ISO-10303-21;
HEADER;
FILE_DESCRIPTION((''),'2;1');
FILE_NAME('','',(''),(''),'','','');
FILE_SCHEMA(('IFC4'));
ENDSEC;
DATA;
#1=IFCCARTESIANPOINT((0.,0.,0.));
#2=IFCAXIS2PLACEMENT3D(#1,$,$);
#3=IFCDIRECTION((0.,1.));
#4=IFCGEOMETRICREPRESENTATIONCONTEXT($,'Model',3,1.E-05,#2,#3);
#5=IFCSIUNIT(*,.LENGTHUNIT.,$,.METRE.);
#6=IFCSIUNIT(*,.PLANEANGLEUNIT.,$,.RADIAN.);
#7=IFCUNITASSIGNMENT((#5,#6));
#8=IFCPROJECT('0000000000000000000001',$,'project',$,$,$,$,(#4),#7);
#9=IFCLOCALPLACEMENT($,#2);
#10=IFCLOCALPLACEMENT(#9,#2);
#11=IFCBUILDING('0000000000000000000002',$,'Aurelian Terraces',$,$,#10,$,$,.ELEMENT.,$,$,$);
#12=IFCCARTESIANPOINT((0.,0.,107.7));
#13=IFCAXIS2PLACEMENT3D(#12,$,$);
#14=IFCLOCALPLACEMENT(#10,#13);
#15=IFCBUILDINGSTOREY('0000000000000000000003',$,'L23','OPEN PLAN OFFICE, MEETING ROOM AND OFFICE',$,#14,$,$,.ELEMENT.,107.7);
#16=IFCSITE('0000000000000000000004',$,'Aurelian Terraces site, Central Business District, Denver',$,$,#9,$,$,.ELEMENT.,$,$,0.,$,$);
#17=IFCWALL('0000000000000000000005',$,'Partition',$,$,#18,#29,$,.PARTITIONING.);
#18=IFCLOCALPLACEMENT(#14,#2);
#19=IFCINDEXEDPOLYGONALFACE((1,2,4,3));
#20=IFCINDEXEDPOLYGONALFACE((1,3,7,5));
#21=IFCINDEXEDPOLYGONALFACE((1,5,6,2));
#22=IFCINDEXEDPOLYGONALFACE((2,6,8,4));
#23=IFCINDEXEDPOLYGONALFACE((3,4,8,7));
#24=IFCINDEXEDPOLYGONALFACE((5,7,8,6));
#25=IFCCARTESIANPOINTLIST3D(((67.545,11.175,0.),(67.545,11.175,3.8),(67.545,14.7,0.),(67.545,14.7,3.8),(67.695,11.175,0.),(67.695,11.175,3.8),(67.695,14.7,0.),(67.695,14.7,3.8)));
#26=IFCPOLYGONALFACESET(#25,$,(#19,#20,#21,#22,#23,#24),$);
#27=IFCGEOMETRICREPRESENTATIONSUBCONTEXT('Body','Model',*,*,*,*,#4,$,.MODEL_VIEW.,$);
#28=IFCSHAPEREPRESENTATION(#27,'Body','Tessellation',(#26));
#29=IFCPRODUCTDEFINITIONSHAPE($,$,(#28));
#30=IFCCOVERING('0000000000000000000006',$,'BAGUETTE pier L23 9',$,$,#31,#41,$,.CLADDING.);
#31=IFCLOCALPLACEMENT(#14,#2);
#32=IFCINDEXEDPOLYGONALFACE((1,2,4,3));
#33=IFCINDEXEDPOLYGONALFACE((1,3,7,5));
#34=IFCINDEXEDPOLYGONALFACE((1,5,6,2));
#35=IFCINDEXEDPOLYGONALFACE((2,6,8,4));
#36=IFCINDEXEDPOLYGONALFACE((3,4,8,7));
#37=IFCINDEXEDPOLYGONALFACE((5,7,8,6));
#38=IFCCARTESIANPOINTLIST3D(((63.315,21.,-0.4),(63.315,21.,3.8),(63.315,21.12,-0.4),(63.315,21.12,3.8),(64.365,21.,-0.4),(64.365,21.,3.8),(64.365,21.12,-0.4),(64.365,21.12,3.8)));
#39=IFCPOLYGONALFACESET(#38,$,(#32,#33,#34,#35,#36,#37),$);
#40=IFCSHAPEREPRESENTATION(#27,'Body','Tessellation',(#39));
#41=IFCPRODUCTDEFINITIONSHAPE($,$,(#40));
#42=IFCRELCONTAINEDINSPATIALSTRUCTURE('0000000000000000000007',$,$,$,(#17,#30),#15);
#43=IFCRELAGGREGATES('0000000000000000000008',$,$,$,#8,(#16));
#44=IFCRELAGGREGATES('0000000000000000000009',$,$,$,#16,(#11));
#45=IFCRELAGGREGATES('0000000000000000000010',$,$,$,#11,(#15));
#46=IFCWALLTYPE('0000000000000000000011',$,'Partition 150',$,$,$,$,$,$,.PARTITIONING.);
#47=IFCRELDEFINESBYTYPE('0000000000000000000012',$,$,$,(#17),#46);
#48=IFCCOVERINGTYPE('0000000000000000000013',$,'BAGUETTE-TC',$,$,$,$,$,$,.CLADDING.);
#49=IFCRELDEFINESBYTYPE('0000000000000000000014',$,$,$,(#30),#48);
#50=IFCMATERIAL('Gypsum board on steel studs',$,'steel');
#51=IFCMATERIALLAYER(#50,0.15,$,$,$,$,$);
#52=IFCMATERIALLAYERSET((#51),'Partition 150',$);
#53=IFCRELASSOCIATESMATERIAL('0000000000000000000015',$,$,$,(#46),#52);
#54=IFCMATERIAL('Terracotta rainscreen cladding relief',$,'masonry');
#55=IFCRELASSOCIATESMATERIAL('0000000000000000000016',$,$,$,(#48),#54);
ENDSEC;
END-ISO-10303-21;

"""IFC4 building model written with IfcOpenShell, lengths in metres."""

from ifc_helpers import new_model, si_unit, direction, frame, frame_2d, origin, origin_2d, place, context, subcontext, project, spatial, rectangle, extrude, source, transform, mapped, material, layer, layer_set, type_object, element, save


model = new_model("IFC4")

# Units and contexts
model_context = context("Model", 3, precision=1e-05, world=origin(), true_north=direction((0.0, 1.0)))
body_context = subcontext(model_context, "Body", "Model", "MODEL_VIEW")
ifc_project = project(units=[si_unit("LENGTHUNIT", "METRE"), si_unit("PLANEANGLEUNIT", "RADIAN")], contexts=[model_context])

# Site, building, storey
site_placement = place(None, origin())
site = spatial("IfcSite", under=ifc_project, at=site_placement, Name="Aurelian Terraces site, Central Business District, Denver", CompositionType="ELEMENT", RefElevation=0.0)
building_placement = place(site_placement, origin())
building = spatial("IfcBuilding", under=site, at=building_placement, Name="Aurelian Terraces", CompositionType="ELEMENT")
storey_placement = place(building_placement, frame((0.0, 0.0, 107.7)))
storey = spatial("IfcBuildingStorey", under=building, at=storey_placement, Name="L23", Description="OPEN PLAN OFFICE, MEETING ROOM AND OFFICE", CompositionType="ELEMENT", Elevation=107.7)

# Shared definitions
ifc_material_1 = material(Name="Gypsum board on steel studs", Category="steel")
ifc_layer_1 = layer(ifc_material_1, 0.15)
ifc_layer_set_1 = layer_set([ifc_layer_1], Name="Partition 150")
wall_type_1 = type_object("IfcWallType", Name="Partition 150", PredefinedType="PARTITIONING", material=ifc_layer_set_1)

# Wall
shared_shape_1 = source(origin(), body_context, "Body", "SweptSolid", [
    extrude(rectangle(XDim=3.525, YDim=0.15, at=frame_2d((1.7625, 0.0))), origin(), (0.0, 0.0, 1.0), 3.8),
])
for number, where, z_axis, x_axis, name in (
    (1, (67.62, 11.175, 0.0), (0.0, 0.0, 1.0), (0.0, 1.0, 0.0), "Partition"),
):
    element("IfcWall", number, at=place(storey_placement, frame(where, z_axis=z_axis, x_axis=x_axis)), inside=storey, type_object=wall_type_1, Name=name, PredefinedType="PARTITIONING", context=body_context, shape_type="MappedRepresentation", body=[
        mapped(shared_shape_1, transform((0.0, 0.0, 0.0), scale=1.0)),
    ])

# Covering
ifc_material_2 = material(Name="Terracotta rainscreen cladding relief", Category="masonry")
covering_type = type_object("IfcCoveringType", Name="BAGUETTE-TC", PredefinedType="CLADDING", material=ifc_material_2)
shared_shape_2 = source(origin(), body_context, "Body", "SweptSolid", [
    extrude(rectangle(XDim=1.05, YDim=0.12, at=origin_2d()), origin(), (0.0, 0.0, 1.0), 4.2),
])
covering_placement = place(storey_placement, frame((63.84, 21.06, -0.4), z_axis=(0.0, 0.0, 1.0), x_axis=(1.0, 0.0, 0.0)))
element("IfcCovering", 2, at=covering_placement, inside=storey, type_object=covering_type, Name="BAGUETTE pier L23 9", PredefinedType="CLADDING", context=body_context, shape_type="MappedRepresentation", body=[
    mapped(shared_shape_2, transform((0.0, 0.0, 0.0), scale=1.0)),
])

save(model, "model.ifc")
